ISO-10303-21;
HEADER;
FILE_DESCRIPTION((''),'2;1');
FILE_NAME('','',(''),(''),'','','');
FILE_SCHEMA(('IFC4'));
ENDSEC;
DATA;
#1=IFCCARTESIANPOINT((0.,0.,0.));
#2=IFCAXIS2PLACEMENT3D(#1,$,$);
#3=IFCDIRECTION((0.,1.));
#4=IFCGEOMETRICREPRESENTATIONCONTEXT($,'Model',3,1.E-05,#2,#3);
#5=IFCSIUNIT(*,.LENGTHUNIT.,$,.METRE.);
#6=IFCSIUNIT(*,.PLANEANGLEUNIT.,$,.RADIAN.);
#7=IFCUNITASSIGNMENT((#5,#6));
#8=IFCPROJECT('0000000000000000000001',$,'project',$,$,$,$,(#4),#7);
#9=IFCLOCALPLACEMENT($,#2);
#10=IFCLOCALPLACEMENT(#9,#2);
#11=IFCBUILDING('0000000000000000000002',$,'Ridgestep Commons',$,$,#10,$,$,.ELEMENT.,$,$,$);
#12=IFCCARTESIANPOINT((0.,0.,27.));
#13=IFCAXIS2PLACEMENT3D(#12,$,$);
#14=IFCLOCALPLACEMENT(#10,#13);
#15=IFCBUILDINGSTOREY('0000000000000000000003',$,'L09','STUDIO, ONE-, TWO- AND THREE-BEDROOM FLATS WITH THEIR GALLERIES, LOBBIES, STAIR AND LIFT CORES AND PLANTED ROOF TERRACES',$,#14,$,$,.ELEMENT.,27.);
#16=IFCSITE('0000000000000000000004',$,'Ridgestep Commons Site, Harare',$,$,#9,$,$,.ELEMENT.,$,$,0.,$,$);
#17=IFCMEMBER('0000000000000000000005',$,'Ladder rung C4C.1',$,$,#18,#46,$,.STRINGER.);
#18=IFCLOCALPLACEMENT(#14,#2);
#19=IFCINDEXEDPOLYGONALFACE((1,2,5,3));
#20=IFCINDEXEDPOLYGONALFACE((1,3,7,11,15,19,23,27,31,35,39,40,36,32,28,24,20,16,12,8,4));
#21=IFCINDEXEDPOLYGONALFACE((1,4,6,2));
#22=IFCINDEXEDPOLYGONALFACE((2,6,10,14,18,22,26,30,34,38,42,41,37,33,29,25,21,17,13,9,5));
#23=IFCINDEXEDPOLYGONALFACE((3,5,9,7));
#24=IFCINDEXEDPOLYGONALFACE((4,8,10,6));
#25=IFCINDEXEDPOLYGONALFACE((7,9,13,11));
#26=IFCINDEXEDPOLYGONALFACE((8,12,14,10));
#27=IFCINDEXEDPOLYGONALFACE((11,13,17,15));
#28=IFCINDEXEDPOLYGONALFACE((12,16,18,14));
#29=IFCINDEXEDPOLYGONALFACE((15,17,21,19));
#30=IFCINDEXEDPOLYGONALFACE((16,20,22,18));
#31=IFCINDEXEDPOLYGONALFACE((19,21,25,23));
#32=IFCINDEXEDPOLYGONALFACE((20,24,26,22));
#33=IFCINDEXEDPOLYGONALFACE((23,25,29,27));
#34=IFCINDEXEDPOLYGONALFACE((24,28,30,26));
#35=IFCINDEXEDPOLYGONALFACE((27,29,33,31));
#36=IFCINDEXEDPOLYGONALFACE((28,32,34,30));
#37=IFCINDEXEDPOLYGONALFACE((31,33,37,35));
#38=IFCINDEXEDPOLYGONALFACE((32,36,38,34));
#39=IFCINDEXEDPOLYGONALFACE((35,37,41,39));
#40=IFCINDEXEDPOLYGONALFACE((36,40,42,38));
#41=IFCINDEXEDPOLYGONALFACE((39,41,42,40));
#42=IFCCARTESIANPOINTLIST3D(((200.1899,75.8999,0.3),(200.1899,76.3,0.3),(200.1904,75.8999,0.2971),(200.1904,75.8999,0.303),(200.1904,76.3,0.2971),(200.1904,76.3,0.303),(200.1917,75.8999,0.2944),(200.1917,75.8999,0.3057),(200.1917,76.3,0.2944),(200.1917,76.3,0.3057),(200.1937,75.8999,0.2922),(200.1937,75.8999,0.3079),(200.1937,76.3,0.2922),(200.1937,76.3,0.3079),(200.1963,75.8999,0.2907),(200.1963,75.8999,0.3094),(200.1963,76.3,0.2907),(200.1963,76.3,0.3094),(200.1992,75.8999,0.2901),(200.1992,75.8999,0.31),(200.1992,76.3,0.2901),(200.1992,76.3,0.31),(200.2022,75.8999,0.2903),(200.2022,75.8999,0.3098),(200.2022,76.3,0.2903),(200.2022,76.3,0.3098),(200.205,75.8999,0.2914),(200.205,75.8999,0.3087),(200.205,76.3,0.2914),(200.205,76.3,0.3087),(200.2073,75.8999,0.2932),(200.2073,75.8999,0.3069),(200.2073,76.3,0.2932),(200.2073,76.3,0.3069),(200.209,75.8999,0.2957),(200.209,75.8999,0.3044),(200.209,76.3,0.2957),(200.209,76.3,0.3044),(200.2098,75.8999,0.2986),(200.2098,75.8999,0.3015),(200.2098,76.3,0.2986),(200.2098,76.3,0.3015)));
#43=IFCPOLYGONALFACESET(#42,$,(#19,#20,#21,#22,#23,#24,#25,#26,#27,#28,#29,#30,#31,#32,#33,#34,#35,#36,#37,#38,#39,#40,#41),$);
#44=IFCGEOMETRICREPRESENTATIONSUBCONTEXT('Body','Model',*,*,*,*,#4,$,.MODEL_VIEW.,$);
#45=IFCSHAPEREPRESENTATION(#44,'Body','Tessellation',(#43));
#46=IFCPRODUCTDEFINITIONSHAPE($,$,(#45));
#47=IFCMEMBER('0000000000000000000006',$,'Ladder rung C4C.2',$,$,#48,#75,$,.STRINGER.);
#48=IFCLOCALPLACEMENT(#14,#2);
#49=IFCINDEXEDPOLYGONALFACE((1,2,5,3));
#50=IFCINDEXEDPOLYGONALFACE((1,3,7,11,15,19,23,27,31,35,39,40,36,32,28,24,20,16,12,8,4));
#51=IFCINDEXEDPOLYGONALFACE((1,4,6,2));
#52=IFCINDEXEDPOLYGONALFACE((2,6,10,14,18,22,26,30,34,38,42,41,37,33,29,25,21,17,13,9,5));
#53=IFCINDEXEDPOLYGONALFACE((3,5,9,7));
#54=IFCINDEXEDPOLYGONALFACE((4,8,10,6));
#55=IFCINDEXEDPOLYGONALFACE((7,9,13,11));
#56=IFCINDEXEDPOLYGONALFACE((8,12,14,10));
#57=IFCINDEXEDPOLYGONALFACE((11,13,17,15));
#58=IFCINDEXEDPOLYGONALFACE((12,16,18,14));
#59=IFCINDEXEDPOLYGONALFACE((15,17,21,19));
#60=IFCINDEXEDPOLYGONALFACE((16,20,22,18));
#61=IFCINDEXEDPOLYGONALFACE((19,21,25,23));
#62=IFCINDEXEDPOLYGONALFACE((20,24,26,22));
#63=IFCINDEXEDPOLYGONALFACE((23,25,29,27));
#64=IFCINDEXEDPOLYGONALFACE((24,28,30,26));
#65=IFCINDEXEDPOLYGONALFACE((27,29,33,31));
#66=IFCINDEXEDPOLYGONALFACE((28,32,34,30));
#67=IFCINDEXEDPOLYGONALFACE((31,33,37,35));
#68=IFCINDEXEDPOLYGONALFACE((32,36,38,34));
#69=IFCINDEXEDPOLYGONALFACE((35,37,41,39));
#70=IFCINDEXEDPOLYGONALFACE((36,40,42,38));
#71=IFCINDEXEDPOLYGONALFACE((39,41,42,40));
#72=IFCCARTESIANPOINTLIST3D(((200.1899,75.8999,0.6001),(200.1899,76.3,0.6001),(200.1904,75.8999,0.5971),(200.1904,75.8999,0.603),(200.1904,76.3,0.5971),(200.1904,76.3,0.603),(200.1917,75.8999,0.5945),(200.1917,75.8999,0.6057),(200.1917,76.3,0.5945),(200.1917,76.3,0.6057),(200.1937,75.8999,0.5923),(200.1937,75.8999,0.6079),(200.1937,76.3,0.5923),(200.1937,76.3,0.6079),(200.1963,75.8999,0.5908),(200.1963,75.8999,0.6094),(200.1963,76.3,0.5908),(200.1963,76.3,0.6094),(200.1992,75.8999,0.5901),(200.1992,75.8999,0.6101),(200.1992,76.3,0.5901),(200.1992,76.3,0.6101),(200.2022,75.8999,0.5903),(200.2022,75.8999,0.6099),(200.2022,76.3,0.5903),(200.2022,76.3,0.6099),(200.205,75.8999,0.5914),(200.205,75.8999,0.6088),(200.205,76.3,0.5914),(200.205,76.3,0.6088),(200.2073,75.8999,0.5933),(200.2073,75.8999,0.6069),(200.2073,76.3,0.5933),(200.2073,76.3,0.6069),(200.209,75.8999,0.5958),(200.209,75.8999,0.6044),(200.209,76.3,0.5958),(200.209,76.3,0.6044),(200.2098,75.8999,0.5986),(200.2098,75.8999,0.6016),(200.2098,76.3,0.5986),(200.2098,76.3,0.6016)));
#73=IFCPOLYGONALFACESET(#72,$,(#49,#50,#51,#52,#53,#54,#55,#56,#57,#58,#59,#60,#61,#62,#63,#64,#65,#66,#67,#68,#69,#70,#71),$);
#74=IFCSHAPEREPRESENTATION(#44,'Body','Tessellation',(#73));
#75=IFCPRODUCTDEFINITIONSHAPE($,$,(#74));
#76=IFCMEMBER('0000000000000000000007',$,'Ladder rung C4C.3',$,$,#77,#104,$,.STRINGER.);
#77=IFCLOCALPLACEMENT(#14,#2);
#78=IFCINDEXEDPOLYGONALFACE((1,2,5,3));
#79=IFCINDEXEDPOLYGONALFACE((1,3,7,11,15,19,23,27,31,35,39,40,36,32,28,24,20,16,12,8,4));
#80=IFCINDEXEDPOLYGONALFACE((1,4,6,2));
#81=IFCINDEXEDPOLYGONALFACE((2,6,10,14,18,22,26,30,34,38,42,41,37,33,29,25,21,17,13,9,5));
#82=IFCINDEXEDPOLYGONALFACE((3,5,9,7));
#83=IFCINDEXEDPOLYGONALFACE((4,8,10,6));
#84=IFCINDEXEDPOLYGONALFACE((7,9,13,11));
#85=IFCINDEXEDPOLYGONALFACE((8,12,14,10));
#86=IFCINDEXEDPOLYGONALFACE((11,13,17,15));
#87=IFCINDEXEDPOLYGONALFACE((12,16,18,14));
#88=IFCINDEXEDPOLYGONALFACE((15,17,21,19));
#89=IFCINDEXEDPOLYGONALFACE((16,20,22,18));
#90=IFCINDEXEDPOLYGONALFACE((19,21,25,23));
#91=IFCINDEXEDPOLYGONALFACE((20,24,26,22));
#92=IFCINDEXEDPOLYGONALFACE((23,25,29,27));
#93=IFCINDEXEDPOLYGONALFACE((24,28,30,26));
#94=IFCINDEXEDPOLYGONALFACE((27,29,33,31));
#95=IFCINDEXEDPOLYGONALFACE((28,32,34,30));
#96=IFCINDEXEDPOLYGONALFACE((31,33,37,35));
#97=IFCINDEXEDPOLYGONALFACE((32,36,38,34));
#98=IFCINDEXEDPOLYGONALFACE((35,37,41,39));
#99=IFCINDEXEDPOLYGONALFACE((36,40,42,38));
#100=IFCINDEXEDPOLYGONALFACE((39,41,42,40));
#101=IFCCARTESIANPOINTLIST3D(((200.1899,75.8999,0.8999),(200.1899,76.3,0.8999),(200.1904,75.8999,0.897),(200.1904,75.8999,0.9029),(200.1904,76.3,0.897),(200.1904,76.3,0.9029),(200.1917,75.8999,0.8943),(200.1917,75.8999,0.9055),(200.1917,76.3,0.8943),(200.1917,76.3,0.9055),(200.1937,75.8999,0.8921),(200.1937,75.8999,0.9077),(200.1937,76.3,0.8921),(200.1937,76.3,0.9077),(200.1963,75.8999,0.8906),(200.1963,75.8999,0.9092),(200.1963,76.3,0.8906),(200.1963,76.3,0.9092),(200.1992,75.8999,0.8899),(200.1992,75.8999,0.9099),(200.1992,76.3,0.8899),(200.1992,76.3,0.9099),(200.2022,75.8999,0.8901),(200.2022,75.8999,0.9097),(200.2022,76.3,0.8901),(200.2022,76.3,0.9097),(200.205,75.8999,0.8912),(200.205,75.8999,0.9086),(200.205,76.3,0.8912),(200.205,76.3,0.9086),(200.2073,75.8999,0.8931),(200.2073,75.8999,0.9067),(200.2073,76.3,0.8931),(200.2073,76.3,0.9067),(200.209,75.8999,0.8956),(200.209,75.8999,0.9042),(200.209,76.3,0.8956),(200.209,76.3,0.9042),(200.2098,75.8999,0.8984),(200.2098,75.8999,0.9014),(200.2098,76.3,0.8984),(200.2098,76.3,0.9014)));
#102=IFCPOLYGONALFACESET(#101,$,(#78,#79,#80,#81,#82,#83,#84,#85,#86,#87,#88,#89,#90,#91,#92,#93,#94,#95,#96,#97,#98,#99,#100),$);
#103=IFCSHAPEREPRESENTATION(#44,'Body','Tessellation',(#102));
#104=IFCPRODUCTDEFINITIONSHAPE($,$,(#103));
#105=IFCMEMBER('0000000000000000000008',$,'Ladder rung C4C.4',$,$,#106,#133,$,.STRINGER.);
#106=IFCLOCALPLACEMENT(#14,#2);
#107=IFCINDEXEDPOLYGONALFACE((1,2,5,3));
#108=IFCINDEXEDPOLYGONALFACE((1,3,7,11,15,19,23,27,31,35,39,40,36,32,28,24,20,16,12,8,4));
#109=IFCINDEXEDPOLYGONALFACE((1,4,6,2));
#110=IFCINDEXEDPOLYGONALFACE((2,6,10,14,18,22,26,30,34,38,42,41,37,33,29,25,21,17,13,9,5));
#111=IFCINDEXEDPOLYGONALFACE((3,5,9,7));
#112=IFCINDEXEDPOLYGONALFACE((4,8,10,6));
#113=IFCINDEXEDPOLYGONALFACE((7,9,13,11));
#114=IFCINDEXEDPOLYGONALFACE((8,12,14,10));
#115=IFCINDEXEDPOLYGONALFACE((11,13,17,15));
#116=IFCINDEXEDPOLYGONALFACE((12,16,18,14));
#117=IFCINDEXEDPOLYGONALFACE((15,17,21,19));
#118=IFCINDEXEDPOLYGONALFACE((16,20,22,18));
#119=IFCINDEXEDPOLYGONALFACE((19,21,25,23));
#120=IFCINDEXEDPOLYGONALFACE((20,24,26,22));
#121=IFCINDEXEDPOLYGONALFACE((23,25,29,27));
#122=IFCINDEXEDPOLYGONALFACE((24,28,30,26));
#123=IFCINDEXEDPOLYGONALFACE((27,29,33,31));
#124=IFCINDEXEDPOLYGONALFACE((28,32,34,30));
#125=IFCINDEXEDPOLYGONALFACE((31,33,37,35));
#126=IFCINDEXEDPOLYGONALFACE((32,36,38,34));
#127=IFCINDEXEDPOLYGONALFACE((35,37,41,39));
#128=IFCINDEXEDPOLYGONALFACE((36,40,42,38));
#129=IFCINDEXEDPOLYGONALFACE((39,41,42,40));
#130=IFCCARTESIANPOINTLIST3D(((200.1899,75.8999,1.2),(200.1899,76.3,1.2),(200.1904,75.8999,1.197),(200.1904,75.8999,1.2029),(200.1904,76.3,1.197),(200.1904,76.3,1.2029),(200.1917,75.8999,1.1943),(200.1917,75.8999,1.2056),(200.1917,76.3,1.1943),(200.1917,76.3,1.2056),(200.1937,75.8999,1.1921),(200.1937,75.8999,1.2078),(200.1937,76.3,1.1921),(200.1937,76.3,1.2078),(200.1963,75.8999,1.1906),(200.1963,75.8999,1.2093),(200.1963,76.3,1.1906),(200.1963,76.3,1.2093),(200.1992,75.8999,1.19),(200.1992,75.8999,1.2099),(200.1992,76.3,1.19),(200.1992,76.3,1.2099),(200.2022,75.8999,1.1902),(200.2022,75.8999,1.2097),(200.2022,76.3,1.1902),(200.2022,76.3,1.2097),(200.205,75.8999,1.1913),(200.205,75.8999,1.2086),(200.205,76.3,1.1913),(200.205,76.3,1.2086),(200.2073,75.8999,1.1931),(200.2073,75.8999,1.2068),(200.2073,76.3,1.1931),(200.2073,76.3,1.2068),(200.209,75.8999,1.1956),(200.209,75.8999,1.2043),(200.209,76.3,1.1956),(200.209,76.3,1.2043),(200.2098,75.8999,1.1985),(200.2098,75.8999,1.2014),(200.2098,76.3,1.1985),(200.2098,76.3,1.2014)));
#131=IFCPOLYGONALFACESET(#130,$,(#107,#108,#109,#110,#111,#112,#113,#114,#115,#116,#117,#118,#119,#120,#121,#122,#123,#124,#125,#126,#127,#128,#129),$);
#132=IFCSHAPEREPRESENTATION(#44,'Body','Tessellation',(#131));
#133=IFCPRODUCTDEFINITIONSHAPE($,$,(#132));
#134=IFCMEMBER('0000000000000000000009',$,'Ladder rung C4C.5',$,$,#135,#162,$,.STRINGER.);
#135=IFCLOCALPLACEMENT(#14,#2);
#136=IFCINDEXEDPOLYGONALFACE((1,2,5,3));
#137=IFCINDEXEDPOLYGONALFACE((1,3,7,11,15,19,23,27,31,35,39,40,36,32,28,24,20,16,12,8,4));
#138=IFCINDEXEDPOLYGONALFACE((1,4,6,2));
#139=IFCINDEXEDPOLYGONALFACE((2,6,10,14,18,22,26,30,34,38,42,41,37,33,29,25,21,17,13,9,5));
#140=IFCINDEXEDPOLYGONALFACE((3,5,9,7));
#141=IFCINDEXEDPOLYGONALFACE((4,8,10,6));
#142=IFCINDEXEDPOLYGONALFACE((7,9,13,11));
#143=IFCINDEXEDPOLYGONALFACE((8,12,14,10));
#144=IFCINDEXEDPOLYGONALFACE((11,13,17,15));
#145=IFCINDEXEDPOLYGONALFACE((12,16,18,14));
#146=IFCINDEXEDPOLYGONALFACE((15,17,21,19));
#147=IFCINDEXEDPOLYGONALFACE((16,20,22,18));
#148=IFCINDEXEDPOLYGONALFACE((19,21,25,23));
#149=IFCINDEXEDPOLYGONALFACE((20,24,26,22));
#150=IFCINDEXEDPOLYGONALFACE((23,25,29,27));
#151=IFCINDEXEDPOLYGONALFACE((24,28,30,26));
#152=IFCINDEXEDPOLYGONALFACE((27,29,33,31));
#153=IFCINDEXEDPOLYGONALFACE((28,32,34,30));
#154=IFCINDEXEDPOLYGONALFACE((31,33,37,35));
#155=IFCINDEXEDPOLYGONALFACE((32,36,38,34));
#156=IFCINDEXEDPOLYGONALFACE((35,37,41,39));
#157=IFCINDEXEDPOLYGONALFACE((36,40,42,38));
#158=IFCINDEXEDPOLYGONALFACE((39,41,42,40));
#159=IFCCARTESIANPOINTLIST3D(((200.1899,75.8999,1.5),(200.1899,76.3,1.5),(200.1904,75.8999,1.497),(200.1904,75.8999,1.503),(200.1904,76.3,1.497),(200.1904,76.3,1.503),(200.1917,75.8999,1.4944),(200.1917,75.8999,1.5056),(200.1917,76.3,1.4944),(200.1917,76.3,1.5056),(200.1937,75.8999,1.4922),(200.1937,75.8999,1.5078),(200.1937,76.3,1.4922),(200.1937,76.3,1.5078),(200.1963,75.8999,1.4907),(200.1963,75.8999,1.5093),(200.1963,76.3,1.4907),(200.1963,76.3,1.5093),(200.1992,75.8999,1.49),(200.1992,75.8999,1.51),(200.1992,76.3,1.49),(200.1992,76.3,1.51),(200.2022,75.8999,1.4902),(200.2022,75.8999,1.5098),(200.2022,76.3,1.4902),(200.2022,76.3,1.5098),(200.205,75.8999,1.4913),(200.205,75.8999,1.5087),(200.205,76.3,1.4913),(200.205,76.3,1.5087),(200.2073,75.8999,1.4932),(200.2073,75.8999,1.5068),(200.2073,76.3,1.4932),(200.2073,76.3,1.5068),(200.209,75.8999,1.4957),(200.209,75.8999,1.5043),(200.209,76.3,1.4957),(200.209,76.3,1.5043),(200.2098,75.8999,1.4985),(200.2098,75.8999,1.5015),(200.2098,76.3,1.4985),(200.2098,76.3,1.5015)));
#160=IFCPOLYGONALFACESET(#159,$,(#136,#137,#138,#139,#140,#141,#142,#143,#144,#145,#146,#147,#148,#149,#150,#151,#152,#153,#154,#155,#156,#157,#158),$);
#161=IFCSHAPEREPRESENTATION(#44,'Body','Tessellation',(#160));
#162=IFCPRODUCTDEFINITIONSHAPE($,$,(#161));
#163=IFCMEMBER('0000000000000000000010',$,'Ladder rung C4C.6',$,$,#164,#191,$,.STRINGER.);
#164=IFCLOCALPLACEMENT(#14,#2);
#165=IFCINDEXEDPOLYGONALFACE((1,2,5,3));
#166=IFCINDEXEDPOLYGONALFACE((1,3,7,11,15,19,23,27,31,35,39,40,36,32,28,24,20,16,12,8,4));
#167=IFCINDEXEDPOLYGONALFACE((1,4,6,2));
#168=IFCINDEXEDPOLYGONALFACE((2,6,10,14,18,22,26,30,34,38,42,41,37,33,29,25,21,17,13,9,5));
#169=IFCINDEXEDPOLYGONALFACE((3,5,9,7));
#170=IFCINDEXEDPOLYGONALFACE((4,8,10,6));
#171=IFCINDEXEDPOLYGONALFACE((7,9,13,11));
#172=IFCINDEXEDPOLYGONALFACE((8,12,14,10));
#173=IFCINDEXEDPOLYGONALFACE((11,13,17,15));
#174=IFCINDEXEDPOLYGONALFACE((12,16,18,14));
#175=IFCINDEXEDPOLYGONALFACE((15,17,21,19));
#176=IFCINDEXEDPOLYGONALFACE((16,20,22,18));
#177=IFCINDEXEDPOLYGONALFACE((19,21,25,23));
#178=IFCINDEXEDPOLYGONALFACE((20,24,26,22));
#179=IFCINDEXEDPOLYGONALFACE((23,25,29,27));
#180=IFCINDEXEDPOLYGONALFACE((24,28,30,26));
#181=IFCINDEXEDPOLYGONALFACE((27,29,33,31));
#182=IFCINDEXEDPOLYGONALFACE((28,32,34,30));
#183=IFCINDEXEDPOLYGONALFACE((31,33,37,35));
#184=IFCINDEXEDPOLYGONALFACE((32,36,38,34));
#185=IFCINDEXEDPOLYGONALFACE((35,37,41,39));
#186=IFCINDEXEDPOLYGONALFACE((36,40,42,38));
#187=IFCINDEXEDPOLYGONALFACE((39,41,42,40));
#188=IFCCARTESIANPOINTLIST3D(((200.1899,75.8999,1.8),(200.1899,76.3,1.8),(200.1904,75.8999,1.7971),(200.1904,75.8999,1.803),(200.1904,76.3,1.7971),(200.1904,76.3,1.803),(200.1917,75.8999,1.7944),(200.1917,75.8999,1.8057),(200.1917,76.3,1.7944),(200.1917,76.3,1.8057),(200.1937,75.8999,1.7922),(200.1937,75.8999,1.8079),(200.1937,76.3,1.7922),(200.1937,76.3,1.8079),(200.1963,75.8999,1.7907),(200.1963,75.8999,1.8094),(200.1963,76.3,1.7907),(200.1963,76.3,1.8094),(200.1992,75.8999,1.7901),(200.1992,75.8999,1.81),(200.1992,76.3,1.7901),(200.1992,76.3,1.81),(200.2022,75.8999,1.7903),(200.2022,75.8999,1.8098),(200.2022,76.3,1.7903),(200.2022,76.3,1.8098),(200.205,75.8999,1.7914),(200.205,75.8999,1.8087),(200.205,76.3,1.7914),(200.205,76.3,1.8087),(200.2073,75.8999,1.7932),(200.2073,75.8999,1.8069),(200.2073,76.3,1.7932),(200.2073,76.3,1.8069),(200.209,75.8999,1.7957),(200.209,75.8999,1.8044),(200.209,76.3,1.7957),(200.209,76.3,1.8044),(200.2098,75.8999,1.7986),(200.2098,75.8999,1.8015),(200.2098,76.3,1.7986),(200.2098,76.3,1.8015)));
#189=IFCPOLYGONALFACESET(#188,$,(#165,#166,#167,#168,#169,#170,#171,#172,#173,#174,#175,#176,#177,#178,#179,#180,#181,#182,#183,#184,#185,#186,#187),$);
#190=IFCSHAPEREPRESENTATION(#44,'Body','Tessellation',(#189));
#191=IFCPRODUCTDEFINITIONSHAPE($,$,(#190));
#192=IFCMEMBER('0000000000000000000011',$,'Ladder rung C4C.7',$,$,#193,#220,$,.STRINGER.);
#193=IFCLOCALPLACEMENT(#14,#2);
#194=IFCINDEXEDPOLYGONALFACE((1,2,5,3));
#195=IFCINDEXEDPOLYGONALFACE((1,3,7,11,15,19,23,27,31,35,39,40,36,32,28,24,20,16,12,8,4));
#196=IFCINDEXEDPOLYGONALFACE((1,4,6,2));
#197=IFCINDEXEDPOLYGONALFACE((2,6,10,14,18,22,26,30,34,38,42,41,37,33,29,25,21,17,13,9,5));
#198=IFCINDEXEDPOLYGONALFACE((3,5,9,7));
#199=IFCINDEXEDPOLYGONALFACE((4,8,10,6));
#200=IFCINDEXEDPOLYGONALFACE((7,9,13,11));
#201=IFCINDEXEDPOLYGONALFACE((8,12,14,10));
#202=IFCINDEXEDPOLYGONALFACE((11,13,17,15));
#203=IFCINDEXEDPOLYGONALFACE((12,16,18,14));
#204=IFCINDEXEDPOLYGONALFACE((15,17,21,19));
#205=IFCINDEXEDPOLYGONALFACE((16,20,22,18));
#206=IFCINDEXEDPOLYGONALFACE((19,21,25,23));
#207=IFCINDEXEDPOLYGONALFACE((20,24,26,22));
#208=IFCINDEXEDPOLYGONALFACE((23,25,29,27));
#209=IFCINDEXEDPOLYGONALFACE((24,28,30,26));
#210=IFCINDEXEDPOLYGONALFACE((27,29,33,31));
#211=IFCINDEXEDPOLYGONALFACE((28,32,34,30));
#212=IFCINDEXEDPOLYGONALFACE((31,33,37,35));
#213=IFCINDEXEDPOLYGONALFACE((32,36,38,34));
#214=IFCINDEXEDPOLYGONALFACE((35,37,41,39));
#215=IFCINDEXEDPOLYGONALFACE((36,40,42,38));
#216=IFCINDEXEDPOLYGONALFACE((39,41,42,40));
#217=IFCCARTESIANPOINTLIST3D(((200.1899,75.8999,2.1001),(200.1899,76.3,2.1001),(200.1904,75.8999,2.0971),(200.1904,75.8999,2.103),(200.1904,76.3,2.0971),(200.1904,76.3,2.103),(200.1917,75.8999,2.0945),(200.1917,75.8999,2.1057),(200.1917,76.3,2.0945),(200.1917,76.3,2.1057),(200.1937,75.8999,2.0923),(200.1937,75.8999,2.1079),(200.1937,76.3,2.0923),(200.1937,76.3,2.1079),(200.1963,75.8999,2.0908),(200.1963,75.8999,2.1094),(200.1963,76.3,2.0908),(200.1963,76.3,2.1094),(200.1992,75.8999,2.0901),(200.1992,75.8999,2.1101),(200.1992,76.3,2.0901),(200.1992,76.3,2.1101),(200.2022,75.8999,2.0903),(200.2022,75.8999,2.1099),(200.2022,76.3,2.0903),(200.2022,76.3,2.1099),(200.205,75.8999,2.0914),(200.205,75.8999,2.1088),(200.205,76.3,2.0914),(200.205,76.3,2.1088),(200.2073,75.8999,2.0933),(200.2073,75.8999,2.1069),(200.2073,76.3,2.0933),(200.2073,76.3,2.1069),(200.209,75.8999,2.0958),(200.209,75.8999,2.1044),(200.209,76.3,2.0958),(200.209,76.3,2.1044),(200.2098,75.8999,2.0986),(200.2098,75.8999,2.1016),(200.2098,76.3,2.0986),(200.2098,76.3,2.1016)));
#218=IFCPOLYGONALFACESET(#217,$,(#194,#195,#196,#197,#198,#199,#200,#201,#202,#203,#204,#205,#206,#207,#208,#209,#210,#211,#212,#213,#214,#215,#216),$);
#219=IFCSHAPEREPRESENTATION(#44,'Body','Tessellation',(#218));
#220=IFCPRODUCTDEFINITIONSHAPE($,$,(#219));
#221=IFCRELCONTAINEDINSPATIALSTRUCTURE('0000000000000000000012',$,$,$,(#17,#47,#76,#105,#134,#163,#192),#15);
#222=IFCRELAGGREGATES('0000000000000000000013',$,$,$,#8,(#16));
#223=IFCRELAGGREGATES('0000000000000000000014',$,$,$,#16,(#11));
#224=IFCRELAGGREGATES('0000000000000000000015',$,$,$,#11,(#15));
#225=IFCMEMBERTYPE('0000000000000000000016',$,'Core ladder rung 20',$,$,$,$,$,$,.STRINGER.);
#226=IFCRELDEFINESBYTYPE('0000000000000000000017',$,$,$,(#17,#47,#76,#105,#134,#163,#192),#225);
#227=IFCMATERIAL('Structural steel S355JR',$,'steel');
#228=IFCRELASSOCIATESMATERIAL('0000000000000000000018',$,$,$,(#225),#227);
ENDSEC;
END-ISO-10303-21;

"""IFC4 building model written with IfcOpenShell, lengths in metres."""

from ifc_helpers import new_model, si_unit, direction, frame, origin, origin_2d, place, context, subcontext, project, spatial, circle, extrude, material, material_profile, profile_set, type_object, element, save


model = new_model("IFC4")

# Units and contexts
model_context = context("Model", 3, precision=1e-05, world=origin(), true_north=direction((0.0, 1.0)))
body_context = subcontext(model_context, "Body", "Model", "MODEL_VIEW")
ifc_project = project(units=[si_unit("LENGTHUNIT", "METRE"), si_unit("PLANEANGLEUNIT", "RADIAN")], contexts=[model_context])

# Site, building, storey
site_placement = place(None, origin())
site = spatial("IfcSite", under=ifc_project, at=site_placement, Name="Ridgestep Commons Site, Harare", CompositionType="ELEMENT", RefElevation=0.0)
building_placement = place(site_placement, origin())
building = spatial("IfcBuilding", under=site, at=building_placement, Name="Ridgestep Commons", CompositionType="ELEMENT")
storey_placement = place(building_placement, frame((0.0, 0.0, 27.0)))
storey = spatial("IfcBuildingStorey", under=building, at=storey_placement, Name="L09", Description="STUDIO, ONE-, TWO- AND THREE-BEDROOM FLATS WITH THEIR GALLERIES, LOBBIES, STAIR AND LIFT CORES AND PLANTED ROOF TERRACES", CompositionType="ELEMENT", Elevation=27.0)

# Members
ifc_material_1 = material(Name="Structural steel S355JR", Category="steel")
ifc_material_profile_1 = material_profile(ifc_material_1, circle(Radius=0.01, at=origin_2d()), Name="Round bar 20")
ifc_profile_set_1 = profile_set([ifc_material_profile_1], Name="Structural steel S355JR")
member_type_1 = type_object("IfcMemberType", Name="Core ladder rung 20", PredefinedType="STRINGER", material=ifc_profile_set_1)
for number, where, z_axis, x_axis, name in (
    (1, (200.2, 75.8999, 0.3), (0.0, 1.0, 0.0), (-1.0, 0.0, 0.0), "Ladder rung C4C.1"),
    (2, (200.2, 75.8999, 0.6001), (0.0, 1.0, 0.0), (-1.0, 0.0, 0.0), "Ladder rung C4C.2"),
    (3, (200.2, 75.8999, 0.8999), (0.0, 1.0, 0.0), (-1.0, 0.0, 0.0), "Ladder rung C4C.3"),
    (4, (200.2, 75.8999, 1.2), (0.0, 1.0, 0.0), (-1.0, 0.0, 0.0), "Ladder rung C4C.4"),
    (5, (200.2, 75.8999, 1.5), (0.0, 1.0, 0.0), (-1.0, 0.0, 0.0), "Ladder rung C4C.5"),
    (6, (200.2, 75.8999, 1.8), (0.0, 1.0, 0.0), (-1.0, 0.0, 0.0), "Ladder rung C4C.6"),
    (7, (200.2, 75.8999, 2.1001), (0.0, 1.0, 0.0), (-1.0, 0.0, 0.0), "Ladder rung C4C.7"),
):
    element("IfcMember", number, at=place(storey_placement, frame(where, z_axis=z_axis, x_axis=x_axis)), inside=storey, type_object=member_type_1, Name=name, PredefinedType="STRINGER", context=body_context, shape_type="SweptSolid", body=[
        extrude(circle(Radius=0.01, at=origin_2d()), origin(), (0.0, 0.0, 1.0), 0.4001),
    ])

save(model, "model.ifc")
